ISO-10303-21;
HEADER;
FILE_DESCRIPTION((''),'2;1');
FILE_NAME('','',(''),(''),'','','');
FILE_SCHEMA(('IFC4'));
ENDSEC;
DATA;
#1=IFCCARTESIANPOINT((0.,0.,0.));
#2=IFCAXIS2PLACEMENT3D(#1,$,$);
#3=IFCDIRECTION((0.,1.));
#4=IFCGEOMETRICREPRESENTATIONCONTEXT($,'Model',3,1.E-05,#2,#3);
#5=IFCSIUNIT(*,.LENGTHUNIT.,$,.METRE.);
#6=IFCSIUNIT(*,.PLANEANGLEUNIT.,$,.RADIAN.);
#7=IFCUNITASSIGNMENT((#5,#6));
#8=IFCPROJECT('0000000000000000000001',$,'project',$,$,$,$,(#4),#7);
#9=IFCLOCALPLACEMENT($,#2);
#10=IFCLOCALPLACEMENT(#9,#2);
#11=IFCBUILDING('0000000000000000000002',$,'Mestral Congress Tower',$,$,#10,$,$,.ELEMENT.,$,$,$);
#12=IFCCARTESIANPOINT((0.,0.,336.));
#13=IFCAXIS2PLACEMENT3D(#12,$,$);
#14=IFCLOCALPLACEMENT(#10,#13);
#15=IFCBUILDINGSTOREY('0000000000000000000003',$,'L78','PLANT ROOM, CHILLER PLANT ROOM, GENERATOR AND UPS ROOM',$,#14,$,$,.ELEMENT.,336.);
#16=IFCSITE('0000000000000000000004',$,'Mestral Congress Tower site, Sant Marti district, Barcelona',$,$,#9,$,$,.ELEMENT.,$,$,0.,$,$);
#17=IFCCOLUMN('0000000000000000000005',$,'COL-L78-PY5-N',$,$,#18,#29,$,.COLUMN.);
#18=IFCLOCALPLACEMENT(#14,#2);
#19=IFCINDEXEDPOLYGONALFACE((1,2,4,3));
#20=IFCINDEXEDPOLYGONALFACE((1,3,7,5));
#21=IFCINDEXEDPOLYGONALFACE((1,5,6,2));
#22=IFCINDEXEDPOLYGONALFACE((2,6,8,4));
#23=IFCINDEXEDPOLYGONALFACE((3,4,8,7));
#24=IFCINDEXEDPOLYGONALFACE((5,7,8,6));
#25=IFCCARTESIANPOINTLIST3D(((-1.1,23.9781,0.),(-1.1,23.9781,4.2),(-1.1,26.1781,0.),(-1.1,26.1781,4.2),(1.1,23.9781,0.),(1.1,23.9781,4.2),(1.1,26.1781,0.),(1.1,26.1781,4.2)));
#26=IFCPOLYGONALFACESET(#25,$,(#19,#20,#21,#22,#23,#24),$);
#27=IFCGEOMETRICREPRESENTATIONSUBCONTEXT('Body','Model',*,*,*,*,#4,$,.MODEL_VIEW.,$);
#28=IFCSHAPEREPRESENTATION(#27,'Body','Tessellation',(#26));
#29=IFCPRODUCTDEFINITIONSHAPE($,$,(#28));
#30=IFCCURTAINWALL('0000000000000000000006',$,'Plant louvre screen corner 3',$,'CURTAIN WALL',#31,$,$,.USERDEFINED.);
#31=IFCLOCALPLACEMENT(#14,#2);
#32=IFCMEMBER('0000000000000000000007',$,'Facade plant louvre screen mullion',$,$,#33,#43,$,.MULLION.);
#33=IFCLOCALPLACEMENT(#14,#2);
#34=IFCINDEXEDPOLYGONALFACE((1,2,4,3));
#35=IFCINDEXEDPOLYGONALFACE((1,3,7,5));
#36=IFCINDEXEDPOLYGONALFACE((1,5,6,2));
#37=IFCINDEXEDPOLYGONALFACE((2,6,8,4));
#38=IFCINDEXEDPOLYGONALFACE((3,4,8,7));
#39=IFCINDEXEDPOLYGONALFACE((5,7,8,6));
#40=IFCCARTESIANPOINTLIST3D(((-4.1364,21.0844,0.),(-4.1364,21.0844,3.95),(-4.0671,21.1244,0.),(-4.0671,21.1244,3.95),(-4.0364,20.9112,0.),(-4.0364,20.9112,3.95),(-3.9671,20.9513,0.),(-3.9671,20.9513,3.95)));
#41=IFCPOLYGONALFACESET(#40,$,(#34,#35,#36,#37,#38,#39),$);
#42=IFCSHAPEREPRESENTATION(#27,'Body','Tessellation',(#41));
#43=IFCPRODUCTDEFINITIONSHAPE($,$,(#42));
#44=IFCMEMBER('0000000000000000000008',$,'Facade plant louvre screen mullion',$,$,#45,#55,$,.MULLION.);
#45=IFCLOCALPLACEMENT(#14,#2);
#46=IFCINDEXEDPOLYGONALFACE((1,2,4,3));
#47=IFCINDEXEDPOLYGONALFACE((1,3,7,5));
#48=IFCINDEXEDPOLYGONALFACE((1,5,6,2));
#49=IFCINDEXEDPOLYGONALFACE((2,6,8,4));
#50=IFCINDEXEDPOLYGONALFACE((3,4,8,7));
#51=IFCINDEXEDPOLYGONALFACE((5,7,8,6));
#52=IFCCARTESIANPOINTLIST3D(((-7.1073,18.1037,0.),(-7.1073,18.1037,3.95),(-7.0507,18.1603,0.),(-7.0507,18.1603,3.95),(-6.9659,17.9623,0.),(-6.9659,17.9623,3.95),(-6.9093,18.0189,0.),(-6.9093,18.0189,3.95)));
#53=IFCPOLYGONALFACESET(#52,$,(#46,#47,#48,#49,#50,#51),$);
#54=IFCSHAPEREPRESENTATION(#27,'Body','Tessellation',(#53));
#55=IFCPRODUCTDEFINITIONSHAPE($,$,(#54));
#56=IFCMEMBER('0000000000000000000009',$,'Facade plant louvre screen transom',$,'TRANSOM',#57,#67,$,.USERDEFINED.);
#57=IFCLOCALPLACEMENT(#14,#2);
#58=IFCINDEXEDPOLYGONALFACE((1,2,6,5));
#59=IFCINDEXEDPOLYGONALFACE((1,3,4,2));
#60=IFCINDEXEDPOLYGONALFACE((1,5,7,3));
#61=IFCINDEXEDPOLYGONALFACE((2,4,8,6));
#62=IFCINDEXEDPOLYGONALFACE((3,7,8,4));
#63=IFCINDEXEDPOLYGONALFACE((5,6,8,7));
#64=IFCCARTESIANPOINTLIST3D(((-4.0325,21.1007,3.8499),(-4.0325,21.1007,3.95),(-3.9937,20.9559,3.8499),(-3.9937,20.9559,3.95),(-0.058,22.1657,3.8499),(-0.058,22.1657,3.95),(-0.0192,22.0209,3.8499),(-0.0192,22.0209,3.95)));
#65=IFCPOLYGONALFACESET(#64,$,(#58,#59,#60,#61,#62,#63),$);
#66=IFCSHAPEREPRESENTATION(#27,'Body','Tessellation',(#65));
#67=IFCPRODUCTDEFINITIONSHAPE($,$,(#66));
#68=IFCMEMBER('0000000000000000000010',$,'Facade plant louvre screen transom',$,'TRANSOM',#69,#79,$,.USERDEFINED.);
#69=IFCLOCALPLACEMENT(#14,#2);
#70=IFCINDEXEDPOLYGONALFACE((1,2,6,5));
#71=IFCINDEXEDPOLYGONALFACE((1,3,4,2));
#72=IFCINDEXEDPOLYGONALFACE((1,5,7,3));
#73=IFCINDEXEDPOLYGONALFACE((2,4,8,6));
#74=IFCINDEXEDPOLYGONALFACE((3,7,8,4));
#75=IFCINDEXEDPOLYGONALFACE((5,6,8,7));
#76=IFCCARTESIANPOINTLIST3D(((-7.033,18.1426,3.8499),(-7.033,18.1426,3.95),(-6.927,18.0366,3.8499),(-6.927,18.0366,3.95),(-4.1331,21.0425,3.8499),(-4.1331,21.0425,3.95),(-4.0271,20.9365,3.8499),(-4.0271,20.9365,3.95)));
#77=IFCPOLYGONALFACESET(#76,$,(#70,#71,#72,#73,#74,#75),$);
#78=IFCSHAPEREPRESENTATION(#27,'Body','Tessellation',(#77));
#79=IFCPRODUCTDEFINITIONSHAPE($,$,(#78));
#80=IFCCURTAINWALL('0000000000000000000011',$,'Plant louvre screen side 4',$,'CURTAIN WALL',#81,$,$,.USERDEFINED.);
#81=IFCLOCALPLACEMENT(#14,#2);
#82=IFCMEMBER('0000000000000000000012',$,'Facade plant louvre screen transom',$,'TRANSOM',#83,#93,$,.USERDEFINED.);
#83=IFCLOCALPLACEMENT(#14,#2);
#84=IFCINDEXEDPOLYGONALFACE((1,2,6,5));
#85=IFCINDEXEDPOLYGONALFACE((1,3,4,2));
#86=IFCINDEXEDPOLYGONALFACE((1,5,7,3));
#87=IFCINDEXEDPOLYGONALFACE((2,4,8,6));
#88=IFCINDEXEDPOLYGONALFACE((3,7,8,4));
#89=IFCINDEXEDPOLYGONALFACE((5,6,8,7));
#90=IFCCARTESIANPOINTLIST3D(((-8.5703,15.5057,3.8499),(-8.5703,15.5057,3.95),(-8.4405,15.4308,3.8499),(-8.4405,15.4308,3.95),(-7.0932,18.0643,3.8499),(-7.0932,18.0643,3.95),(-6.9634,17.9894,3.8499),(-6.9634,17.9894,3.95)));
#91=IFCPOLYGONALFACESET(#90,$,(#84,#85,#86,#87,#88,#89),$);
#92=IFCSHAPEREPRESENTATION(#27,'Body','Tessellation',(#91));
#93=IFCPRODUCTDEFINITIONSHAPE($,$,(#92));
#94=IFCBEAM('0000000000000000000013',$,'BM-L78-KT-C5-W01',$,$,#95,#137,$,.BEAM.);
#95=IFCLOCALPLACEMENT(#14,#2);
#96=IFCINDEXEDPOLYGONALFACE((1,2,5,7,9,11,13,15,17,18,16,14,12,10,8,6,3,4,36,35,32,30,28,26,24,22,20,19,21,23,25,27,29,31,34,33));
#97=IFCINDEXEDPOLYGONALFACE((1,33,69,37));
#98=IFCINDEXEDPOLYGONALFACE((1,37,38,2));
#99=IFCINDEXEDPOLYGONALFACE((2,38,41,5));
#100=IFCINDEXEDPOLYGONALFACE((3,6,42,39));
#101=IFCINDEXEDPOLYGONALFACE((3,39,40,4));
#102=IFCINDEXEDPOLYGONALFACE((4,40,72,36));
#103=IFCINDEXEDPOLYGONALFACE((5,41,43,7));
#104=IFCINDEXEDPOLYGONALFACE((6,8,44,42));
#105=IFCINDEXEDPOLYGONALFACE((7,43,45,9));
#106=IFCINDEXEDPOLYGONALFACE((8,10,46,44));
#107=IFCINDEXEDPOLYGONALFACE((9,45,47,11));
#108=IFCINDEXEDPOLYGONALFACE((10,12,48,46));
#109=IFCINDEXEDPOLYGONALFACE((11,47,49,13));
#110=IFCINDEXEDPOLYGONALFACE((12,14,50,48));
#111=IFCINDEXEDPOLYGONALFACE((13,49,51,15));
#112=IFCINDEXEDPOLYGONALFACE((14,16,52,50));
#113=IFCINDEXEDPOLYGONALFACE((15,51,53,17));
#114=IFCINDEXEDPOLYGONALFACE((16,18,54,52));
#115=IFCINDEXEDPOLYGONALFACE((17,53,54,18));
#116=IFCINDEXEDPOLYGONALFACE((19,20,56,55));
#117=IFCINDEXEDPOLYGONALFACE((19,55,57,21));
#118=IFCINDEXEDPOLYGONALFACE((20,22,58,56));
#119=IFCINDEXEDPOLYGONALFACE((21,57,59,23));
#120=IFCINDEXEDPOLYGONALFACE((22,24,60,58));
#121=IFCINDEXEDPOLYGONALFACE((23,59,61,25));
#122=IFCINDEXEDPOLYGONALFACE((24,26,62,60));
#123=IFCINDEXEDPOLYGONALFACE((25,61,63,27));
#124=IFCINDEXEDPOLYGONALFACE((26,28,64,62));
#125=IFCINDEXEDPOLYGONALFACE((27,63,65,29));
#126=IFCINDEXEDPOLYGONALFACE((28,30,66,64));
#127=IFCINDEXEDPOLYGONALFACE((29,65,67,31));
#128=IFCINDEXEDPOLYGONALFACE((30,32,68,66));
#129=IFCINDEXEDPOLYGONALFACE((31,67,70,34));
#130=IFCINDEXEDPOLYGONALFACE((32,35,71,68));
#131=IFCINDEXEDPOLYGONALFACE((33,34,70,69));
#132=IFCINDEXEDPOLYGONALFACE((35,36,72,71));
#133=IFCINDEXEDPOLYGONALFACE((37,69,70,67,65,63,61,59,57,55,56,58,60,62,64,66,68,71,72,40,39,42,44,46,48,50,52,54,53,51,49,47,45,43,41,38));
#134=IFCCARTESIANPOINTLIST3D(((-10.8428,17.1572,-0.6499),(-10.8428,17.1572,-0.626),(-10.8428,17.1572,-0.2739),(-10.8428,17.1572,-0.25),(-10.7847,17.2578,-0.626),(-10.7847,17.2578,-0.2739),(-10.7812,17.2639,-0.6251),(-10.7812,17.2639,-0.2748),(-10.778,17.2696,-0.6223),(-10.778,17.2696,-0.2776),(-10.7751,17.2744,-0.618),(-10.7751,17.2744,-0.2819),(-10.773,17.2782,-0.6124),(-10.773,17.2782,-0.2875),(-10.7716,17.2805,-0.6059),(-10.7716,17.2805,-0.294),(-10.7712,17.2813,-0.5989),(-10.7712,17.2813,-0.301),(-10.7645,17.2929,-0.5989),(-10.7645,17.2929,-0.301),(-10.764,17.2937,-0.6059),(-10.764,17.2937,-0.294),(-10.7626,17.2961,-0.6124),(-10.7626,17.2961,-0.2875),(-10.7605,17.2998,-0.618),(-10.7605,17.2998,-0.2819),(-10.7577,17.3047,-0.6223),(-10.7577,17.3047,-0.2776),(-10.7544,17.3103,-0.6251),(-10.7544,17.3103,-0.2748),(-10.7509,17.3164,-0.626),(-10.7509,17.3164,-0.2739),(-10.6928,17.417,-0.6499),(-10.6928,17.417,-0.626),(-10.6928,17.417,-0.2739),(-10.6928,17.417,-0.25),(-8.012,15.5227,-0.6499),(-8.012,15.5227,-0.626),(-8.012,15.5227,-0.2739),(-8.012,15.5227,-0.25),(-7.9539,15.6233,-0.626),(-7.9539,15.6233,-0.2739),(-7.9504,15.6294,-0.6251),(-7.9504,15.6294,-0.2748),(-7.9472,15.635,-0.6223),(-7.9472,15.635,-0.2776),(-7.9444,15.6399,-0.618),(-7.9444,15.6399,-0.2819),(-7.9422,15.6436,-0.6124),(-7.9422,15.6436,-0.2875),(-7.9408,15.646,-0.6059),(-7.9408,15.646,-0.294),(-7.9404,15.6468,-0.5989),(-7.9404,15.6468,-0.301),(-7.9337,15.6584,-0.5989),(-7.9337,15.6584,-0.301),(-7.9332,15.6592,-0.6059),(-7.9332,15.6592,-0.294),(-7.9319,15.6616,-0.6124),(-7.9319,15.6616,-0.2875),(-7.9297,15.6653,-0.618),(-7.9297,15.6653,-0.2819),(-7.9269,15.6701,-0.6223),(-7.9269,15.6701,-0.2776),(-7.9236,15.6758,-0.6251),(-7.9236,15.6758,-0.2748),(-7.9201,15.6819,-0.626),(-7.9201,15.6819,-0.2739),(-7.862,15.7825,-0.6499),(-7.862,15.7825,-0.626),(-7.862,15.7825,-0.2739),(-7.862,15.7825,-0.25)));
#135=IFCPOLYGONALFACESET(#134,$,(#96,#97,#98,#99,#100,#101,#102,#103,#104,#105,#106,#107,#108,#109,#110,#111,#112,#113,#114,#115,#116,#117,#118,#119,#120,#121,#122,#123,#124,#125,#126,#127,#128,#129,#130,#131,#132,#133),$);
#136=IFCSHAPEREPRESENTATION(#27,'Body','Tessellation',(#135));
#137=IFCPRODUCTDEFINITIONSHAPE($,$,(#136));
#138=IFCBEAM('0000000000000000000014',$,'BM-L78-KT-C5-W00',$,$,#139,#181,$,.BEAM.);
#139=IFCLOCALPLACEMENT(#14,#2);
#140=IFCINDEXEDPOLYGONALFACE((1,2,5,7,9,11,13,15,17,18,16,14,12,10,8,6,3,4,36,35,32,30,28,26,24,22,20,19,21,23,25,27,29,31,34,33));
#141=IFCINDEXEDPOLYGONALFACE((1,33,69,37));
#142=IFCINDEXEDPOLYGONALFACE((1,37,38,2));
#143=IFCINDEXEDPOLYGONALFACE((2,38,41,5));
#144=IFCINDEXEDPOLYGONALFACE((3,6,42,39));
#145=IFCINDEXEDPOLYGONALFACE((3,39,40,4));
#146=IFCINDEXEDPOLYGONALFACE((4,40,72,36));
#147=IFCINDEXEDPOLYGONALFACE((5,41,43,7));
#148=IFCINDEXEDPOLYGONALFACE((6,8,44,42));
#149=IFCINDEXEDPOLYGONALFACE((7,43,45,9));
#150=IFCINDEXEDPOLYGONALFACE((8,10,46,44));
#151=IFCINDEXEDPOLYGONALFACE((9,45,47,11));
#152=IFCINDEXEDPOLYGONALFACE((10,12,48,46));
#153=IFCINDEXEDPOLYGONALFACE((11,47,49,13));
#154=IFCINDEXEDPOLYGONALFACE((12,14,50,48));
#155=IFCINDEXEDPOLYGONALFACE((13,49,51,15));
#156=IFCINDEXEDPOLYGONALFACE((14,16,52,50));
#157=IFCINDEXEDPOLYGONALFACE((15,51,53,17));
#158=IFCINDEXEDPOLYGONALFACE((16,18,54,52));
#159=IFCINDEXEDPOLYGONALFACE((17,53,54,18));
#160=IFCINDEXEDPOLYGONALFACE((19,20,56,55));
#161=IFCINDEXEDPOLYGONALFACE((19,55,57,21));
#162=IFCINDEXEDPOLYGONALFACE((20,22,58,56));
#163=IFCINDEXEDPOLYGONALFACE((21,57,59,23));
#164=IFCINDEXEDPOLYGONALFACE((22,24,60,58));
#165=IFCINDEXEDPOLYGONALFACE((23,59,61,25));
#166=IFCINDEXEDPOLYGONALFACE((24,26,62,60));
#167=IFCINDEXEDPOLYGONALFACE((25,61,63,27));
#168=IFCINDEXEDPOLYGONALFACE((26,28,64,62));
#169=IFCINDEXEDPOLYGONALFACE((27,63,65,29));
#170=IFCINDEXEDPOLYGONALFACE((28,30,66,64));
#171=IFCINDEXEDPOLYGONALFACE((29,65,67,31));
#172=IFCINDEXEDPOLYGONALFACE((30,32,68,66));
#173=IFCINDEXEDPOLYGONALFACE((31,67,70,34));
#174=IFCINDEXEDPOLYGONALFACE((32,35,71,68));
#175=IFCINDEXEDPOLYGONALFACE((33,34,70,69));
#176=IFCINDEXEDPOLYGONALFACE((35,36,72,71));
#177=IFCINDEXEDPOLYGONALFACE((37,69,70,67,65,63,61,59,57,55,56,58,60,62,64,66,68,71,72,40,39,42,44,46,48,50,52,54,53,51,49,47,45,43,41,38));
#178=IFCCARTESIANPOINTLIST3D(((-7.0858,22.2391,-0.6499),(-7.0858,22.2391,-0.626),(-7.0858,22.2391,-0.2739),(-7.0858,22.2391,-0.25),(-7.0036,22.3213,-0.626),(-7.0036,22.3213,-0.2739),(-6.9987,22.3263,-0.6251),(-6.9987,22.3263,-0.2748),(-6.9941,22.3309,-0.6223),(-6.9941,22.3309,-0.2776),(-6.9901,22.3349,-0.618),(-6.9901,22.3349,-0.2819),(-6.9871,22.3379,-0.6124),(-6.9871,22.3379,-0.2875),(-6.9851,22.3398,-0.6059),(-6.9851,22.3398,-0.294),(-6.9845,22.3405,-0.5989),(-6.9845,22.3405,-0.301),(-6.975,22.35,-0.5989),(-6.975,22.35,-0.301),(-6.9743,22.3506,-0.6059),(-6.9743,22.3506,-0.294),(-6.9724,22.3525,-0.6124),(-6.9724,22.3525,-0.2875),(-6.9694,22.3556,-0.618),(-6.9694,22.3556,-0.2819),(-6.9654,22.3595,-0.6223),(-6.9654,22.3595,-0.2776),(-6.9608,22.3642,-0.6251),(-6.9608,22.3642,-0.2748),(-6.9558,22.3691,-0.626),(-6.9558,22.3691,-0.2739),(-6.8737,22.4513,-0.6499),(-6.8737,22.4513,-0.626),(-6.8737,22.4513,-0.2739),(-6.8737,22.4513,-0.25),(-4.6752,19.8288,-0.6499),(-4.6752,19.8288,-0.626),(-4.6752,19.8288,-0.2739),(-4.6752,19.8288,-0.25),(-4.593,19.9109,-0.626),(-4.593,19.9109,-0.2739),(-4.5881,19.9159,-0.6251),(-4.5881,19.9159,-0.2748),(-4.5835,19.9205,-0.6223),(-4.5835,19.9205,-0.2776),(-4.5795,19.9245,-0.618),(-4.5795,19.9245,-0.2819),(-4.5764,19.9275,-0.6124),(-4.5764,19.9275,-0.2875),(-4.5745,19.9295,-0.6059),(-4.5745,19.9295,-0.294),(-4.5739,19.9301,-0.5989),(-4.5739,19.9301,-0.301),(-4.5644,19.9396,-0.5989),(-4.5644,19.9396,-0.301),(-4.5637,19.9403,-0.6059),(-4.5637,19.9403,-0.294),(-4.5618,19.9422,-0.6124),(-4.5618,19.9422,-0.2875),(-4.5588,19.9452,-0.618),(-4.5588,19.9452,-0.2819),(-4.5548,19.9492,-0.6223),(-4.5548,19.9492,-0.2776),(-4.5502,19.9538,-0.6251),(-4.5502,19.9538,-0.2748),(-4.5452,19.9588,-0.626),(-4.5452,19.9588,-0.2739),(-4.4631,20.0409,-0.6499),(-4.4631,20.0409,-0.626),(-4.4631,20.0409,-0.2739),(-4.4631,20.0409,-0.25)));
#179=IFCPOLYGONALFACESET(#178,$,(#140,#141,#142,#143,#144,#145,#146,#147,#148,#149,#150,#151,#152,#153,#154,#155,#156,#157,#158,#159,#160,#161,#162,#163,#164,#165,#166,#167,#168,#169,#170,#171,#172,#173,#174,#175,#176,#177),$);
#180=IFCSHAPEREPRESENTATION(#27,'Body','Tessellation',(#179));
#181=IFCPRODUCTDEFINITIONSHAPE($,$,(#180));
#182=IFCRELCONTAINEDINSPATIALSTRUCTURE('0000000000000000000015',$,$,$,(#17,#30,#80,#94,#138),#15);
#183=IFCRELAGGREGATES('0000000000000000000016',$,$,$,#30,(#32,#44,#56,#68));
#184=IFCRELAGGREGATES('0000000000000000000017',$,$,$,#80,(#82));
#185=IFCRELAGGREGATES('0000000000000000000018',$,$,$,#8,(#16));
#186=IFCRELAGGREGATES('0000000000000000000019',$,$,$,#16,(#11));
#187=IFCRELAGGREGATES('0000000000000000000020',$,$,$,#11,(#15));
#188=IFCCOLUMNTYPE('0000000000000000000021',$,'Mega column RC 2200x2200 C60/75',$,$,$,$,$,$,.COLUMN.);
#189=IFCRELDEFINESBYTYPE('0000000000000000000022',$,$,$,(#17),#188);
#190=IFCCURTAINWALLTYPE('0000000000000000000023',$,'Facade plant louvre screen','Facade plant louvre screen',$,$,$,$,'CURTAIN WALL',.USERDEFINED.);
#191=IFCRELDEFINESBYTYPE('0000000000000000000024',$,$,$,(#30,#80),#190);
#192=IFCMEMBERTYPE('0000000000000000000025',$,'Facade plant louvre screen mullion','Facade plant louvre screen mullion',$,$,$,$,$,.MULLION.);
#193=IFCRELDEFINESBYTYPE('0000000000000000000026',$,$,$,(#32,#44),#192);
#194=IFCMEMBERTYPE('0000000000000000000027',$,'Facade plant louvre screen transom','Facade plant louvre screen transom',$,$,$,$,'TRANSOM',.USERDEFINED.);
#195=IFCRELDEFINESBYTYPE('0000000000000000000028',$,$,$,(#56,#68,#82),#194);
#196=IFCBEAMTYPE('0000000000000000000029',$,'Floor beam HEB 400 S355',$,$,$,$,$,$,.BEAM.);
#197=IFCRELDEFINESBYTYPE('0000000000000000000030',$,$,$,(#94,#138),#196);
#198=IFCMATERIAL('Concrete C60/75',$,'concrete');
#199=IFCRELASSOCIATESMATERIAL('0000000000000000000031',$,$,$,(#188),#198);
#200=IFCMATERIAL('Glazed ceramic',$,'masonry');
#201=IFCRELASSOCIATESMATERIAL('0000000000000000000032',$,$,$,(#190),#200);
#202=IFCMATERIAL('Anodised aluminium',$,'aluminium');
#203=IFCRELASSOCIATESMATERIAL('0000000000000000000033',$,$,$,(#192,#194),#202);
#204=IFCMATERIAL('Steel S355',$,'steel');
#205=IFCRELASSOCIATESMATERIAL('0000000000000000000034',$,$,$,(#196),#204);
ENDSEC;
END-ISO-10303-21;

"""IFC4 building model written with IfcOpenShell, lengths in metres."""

from ifc_helpers import new_model, si_unit, direction, frame, origin, origin_2d, place, context, subcontext, project, spatial, rectangle, i_section, extrude, material, material_profile, profile_set, type_object, element, aggregate, save


model = new_model("IFC4")

# Units and contexts
model_context = context("Model", 3, precision=1e-05, world=origin(), true_north=direction((0.0, 1.0)))
body_context = subcontext(model_context, "Body", "Model", "MODEL_VIEW")
ifc_project = project(units=[si_unit("LENGTHUNIT", "METRE"), si_unit("PLANEANGLEUNIT", "RADIAN")], contexts=[model_context])

# Site, building, storey
site_placement = place(None, origin())
site = spatial("IfcSite", under=ifc_project, at=site_placement, Name="Mestral Congress Tower site, Sant Marti district, Barcelona", CompositionType="ELEMENT", RefElevation=0.0)
building_placement = place(site_placement, origin())
building = spatial("IfcBuilding", under=site, at=building_placement, Name="Mestral Congress Tower", CompositionType="ELEMENT")
storey_placement = place(building_placement, frame((0.0, 0.0, 336.0)))
storey = spatial("IfcBuildingStorey", under=building, at=storey_placement, Name="L78", Description="PLANT ROOM, CHILLER PLANT ROOM, GENERATOR AND UPS ROOM", CompositionType="ELEMENT", Elevation=336.0)

# Column
ifc_material_1 = material(Name="Steel S355", Category="steel")
ifc_material_2 = material(Name="Concrete C60/75", Category="concrete")
ifc_material_profile_1 = material_profile(ifc_material_2, rectangle(XDim=2.2, YDim=2.2, at=origin_2d()), Name="RC 2200x2200")
ifc_profile_set_1 = profile_set([ifc_material_profile_1], Name="Concrete C60/75")
column_type_1 = type_object("IfcColumnType", Name="Mega column RC 2200x2200 C60/75", PredefinedType="COLUMN", material=ifc_profile_set_1)
column_placement = place(storey_placement, frame((0.0, 25.0781, 0.0), z_axis=(0.0, 0.0, 1.0), x_axis=(0.0, 1.0, 0.0)))
element("IfcColumn", 1, at=column_placement, inside=storey, type_object=column_type_1, Name="COL-L78-PY5-N", PredefinedType="COLUMN", context=body_context, shape_type="SweptSolid", body=[
    extrude(rectangle(XDim=2.2, YDim=2.2, at=origin_2d()), origin(), (0.0, 0.0, 1.0), 4.2),
])

# Curtain wall, members
ifc_material_3 = material(Name="Glazed ceramic", Category="masonry")
curtain_wall_type = type_object("IfcCurtainWallType", Name="Facade plant louvre screen", Description="Facade plant louvre screen", ElementType="CURTAIN WALL", PredefinedType="USERDEFINED", material=ifc_material_3)
placement = place(storey_placement, origin())
curtain_wall_1 = element("IfcCurtainWall", 2, at=placement, inside=storey, type_object=curtain_wall_type, Name="Plant louvre screen corner 3", ObjectType="CURTAIN WALL", PredefinedType="USERDEFINED")
ifc_material_4 = material(Name="Anodised aluminium", Category="aluminium")
ifc_material_profile_2 = material_profile(ifc_material_4, rectangle(XDim=0.2, YDim=0.0801, at=origin_2d()), Name="CW6 mullion 200 x 80")
ifc_profile_set_2 = profile_set([ifc_material_profile_2], Name="Anodised aluminium")
member_type_1 = type_object("IfcMemberType", Name="Facade plant louvre screen mullion", Description="Facade plant louvre screen mullion", PredefinedType="MULLION", material=ifc_profile_set_2)
member_1_placement = place(storey_placement, frame((-4.0518, 21.0178, 0.0), z_axis=(0.0, 0.0, 1.0), x_axis=(-0.5, 0.866025, 0.0)))
member_1 = element("IfcMember", 3, at=member_1_placement, type_object=member_type_1, Name="Facade plant louvre screen mullion", PredefinedType="MULLION", context=body_context, shape_type="SweptSolid", body=[
    extrude(rectangle(XDim=0.2, YDim=0.0801, at=origin_2d()), origin(), (0.0, 0.0, 1.0), 3.95),
])
member_2_placement = place(storey_placement, frame((-7.0083, 18.0613, 0.0), z_axis=(0.0, 0.0, 1.0), x_axis=(-0.707107, 0.707107, 0.0)))
member_2 = element("IfcMember", 4, at=member_2_placement, type_object=member_type_1, Name="Facade plant louvre screen mullion", PredefinedType="MULLION", context=body_context, shape_type="SweptSolid", body=[
    extrude(rectangle(XDim=0.2, YDim=0.0801, at=origin_2d()), origin(), (0.0, 0.0, 1.0), 3.95),
])
ifc_material_profile_3 = material_profile(ifc_material_4, rectangle(XDim=0.1499, YDim=0.1001, at=origin_2d()), Name="CW6 transom 150 x 100")
ifc_profile_set_3 = profile_set([ifc_material_profile_3], Name="Anodised aluminium")
member_type_2 = type_object("IfcMemberType", Name="Facade plant louvre screen transom", Description="Facade plant louvre screen transom", ElementType="TRANSOM", PredefinedType="USERDEFINED", material=ifc_profile_set_3)
member_3_placement = place(storey_placement, frame((-0.0386, 22.0933, 3.8999), z_axis=(-0.965929, -0.258807, 0.0), x_axis=(0.258807, -0.965929, 0.0)))
member_3 = element("IfcMember", 5, at=member_3_placement, type_object=member_type_2, Name="Facade plant louvre screen transom", ObjectType="TRANSOM", PredefinedType="USERDEFINED", context=body_context, shape_type="SweptSolid", body=[
    extrude(rectangle(XDim=0.1499, YDim=0.1001, at=origin_2d()), origin(), (0.0, 0.0, 1.0), 4.1147),
])
member_4_placement = place(storey_placement, frame((-4.0801, 20.9895, 3.8999), z_axis=(-0.707107, -0.707107, 0.0), x_axis=(0.707107, -0.707107, 0.0)))
member_4 = element("IfcMember", 6, at=member_4_placement, type_object=member_type_2, Name="Facade plant louvre screen transom", ObjectType="TRANSOM", PredefinedType="USERDEFINED", context=body_context, shape_type="SweptSolid", body=[
    extrude(rectangle(XDim=0.1499, YDim=0.1001, at=origin_2d()), origin(), (0.0, 0.0, 1.0), 4.1011),
])

# Curtain wall, member
curtain_wall_2 = element("IfcCurtainWall", 7, at=placement, inside=storey, type_object=curtain_wall_type, Name="Plant louvre screen side 4", ObjectType="CURTAIN WALL", PredefinedType="USERDEFINED")
member_5_placement = place(storey_placement, frame((-7.0283, 18.0269, 3.8999), z_axis=(-0.499961, -0.866048, 0.0), x_axis=(0.866048, -0.499961, 0.0)))
member_5 = element("IfcMember", 8, at=member_5_placement, type_object=member_type_2, Name="Facade plant louvre screen transom", ObjectType="TRANSOM", PredefinedType="USERDEFINED", context=body_context, shape_type="SweptSolid", body=[
    extrude(rectangle(XDim=0.1499, YDim=0.1001, at=origin_2d()), origin(), (0.0, 0.0, 1.0), 2.9543),
])

# Beams
ifc_material_profile_4 = material_profile(ifc_material_1, i_section(OverallWidth=0.3, OverallDepth=0.3999, WebThickness=0.0134, FlangeThickness=0.0239, FilletRadius=0.0271, at=origin_2d()), Name="HEB 400")
ifc_profile_set_4 = profile_set([ifc_material_profile_4], Name="Steel S355")
beam_type_1 = type_object("IfcBeamType", Name="Floor beam HEB 400 S355", PredefinedType="BEAM", material=ifc_profile_set_4)
beam_1_placement = place(storey_placement, frame((-10.7678, 17.2871, -0.45), z_axis=(0.866005, -0.500035, 0.0), x_axis=(0.500035, 0.866005, 0.0)))
element("IfcBeam", 9, at=beam_1_placement, inside=storey, type_object=beam_type_1, Name="BM-L78-KT-C5-W01", PredefinedType="BEAM", context=body_context, shape_type="SweptSolid", body=[
    extrude(i_section(OverallWidth=0.3, OverallDepth=0.3999, WebThickness=0.0134, FlangeThickness=0.0239, FilletRadius=0.0271, at=origin_2d()), origin(), (0.0, 0.0, 1.0), 3.2688),
])
beam_2_placement = place(storey_placement, frame((-6.9797, 22.3452, -0.45), z_axis=(0.707143, -0.707071, 0.0), x_axis=(0.707071, 0.707143, 0.0)))
element("IfcBeam", 10, at=beam_2_placement, inside=storey, type_object=beam_type_1, Name="BM-L78-KT-C5-W00", PredefinedType="BEAM", context=body_context, shape_type="SweptSolid", body=[
    extrude(i_section(OverallWidth=0.3, OverallDepth=0.3999, WebThickness=0.0134, FlangeThickness=0.0239, FilletRadius=0.0271, at=origin_2d()), origin(), (0.0, 0.0, 1.0), 3.4089),
])

aggregate(curtain_wall_1, [member_1, member_2, member_3, member_4])
aggregate(curtain_wall_2, [member_5])

save(model, "model.ifc")
